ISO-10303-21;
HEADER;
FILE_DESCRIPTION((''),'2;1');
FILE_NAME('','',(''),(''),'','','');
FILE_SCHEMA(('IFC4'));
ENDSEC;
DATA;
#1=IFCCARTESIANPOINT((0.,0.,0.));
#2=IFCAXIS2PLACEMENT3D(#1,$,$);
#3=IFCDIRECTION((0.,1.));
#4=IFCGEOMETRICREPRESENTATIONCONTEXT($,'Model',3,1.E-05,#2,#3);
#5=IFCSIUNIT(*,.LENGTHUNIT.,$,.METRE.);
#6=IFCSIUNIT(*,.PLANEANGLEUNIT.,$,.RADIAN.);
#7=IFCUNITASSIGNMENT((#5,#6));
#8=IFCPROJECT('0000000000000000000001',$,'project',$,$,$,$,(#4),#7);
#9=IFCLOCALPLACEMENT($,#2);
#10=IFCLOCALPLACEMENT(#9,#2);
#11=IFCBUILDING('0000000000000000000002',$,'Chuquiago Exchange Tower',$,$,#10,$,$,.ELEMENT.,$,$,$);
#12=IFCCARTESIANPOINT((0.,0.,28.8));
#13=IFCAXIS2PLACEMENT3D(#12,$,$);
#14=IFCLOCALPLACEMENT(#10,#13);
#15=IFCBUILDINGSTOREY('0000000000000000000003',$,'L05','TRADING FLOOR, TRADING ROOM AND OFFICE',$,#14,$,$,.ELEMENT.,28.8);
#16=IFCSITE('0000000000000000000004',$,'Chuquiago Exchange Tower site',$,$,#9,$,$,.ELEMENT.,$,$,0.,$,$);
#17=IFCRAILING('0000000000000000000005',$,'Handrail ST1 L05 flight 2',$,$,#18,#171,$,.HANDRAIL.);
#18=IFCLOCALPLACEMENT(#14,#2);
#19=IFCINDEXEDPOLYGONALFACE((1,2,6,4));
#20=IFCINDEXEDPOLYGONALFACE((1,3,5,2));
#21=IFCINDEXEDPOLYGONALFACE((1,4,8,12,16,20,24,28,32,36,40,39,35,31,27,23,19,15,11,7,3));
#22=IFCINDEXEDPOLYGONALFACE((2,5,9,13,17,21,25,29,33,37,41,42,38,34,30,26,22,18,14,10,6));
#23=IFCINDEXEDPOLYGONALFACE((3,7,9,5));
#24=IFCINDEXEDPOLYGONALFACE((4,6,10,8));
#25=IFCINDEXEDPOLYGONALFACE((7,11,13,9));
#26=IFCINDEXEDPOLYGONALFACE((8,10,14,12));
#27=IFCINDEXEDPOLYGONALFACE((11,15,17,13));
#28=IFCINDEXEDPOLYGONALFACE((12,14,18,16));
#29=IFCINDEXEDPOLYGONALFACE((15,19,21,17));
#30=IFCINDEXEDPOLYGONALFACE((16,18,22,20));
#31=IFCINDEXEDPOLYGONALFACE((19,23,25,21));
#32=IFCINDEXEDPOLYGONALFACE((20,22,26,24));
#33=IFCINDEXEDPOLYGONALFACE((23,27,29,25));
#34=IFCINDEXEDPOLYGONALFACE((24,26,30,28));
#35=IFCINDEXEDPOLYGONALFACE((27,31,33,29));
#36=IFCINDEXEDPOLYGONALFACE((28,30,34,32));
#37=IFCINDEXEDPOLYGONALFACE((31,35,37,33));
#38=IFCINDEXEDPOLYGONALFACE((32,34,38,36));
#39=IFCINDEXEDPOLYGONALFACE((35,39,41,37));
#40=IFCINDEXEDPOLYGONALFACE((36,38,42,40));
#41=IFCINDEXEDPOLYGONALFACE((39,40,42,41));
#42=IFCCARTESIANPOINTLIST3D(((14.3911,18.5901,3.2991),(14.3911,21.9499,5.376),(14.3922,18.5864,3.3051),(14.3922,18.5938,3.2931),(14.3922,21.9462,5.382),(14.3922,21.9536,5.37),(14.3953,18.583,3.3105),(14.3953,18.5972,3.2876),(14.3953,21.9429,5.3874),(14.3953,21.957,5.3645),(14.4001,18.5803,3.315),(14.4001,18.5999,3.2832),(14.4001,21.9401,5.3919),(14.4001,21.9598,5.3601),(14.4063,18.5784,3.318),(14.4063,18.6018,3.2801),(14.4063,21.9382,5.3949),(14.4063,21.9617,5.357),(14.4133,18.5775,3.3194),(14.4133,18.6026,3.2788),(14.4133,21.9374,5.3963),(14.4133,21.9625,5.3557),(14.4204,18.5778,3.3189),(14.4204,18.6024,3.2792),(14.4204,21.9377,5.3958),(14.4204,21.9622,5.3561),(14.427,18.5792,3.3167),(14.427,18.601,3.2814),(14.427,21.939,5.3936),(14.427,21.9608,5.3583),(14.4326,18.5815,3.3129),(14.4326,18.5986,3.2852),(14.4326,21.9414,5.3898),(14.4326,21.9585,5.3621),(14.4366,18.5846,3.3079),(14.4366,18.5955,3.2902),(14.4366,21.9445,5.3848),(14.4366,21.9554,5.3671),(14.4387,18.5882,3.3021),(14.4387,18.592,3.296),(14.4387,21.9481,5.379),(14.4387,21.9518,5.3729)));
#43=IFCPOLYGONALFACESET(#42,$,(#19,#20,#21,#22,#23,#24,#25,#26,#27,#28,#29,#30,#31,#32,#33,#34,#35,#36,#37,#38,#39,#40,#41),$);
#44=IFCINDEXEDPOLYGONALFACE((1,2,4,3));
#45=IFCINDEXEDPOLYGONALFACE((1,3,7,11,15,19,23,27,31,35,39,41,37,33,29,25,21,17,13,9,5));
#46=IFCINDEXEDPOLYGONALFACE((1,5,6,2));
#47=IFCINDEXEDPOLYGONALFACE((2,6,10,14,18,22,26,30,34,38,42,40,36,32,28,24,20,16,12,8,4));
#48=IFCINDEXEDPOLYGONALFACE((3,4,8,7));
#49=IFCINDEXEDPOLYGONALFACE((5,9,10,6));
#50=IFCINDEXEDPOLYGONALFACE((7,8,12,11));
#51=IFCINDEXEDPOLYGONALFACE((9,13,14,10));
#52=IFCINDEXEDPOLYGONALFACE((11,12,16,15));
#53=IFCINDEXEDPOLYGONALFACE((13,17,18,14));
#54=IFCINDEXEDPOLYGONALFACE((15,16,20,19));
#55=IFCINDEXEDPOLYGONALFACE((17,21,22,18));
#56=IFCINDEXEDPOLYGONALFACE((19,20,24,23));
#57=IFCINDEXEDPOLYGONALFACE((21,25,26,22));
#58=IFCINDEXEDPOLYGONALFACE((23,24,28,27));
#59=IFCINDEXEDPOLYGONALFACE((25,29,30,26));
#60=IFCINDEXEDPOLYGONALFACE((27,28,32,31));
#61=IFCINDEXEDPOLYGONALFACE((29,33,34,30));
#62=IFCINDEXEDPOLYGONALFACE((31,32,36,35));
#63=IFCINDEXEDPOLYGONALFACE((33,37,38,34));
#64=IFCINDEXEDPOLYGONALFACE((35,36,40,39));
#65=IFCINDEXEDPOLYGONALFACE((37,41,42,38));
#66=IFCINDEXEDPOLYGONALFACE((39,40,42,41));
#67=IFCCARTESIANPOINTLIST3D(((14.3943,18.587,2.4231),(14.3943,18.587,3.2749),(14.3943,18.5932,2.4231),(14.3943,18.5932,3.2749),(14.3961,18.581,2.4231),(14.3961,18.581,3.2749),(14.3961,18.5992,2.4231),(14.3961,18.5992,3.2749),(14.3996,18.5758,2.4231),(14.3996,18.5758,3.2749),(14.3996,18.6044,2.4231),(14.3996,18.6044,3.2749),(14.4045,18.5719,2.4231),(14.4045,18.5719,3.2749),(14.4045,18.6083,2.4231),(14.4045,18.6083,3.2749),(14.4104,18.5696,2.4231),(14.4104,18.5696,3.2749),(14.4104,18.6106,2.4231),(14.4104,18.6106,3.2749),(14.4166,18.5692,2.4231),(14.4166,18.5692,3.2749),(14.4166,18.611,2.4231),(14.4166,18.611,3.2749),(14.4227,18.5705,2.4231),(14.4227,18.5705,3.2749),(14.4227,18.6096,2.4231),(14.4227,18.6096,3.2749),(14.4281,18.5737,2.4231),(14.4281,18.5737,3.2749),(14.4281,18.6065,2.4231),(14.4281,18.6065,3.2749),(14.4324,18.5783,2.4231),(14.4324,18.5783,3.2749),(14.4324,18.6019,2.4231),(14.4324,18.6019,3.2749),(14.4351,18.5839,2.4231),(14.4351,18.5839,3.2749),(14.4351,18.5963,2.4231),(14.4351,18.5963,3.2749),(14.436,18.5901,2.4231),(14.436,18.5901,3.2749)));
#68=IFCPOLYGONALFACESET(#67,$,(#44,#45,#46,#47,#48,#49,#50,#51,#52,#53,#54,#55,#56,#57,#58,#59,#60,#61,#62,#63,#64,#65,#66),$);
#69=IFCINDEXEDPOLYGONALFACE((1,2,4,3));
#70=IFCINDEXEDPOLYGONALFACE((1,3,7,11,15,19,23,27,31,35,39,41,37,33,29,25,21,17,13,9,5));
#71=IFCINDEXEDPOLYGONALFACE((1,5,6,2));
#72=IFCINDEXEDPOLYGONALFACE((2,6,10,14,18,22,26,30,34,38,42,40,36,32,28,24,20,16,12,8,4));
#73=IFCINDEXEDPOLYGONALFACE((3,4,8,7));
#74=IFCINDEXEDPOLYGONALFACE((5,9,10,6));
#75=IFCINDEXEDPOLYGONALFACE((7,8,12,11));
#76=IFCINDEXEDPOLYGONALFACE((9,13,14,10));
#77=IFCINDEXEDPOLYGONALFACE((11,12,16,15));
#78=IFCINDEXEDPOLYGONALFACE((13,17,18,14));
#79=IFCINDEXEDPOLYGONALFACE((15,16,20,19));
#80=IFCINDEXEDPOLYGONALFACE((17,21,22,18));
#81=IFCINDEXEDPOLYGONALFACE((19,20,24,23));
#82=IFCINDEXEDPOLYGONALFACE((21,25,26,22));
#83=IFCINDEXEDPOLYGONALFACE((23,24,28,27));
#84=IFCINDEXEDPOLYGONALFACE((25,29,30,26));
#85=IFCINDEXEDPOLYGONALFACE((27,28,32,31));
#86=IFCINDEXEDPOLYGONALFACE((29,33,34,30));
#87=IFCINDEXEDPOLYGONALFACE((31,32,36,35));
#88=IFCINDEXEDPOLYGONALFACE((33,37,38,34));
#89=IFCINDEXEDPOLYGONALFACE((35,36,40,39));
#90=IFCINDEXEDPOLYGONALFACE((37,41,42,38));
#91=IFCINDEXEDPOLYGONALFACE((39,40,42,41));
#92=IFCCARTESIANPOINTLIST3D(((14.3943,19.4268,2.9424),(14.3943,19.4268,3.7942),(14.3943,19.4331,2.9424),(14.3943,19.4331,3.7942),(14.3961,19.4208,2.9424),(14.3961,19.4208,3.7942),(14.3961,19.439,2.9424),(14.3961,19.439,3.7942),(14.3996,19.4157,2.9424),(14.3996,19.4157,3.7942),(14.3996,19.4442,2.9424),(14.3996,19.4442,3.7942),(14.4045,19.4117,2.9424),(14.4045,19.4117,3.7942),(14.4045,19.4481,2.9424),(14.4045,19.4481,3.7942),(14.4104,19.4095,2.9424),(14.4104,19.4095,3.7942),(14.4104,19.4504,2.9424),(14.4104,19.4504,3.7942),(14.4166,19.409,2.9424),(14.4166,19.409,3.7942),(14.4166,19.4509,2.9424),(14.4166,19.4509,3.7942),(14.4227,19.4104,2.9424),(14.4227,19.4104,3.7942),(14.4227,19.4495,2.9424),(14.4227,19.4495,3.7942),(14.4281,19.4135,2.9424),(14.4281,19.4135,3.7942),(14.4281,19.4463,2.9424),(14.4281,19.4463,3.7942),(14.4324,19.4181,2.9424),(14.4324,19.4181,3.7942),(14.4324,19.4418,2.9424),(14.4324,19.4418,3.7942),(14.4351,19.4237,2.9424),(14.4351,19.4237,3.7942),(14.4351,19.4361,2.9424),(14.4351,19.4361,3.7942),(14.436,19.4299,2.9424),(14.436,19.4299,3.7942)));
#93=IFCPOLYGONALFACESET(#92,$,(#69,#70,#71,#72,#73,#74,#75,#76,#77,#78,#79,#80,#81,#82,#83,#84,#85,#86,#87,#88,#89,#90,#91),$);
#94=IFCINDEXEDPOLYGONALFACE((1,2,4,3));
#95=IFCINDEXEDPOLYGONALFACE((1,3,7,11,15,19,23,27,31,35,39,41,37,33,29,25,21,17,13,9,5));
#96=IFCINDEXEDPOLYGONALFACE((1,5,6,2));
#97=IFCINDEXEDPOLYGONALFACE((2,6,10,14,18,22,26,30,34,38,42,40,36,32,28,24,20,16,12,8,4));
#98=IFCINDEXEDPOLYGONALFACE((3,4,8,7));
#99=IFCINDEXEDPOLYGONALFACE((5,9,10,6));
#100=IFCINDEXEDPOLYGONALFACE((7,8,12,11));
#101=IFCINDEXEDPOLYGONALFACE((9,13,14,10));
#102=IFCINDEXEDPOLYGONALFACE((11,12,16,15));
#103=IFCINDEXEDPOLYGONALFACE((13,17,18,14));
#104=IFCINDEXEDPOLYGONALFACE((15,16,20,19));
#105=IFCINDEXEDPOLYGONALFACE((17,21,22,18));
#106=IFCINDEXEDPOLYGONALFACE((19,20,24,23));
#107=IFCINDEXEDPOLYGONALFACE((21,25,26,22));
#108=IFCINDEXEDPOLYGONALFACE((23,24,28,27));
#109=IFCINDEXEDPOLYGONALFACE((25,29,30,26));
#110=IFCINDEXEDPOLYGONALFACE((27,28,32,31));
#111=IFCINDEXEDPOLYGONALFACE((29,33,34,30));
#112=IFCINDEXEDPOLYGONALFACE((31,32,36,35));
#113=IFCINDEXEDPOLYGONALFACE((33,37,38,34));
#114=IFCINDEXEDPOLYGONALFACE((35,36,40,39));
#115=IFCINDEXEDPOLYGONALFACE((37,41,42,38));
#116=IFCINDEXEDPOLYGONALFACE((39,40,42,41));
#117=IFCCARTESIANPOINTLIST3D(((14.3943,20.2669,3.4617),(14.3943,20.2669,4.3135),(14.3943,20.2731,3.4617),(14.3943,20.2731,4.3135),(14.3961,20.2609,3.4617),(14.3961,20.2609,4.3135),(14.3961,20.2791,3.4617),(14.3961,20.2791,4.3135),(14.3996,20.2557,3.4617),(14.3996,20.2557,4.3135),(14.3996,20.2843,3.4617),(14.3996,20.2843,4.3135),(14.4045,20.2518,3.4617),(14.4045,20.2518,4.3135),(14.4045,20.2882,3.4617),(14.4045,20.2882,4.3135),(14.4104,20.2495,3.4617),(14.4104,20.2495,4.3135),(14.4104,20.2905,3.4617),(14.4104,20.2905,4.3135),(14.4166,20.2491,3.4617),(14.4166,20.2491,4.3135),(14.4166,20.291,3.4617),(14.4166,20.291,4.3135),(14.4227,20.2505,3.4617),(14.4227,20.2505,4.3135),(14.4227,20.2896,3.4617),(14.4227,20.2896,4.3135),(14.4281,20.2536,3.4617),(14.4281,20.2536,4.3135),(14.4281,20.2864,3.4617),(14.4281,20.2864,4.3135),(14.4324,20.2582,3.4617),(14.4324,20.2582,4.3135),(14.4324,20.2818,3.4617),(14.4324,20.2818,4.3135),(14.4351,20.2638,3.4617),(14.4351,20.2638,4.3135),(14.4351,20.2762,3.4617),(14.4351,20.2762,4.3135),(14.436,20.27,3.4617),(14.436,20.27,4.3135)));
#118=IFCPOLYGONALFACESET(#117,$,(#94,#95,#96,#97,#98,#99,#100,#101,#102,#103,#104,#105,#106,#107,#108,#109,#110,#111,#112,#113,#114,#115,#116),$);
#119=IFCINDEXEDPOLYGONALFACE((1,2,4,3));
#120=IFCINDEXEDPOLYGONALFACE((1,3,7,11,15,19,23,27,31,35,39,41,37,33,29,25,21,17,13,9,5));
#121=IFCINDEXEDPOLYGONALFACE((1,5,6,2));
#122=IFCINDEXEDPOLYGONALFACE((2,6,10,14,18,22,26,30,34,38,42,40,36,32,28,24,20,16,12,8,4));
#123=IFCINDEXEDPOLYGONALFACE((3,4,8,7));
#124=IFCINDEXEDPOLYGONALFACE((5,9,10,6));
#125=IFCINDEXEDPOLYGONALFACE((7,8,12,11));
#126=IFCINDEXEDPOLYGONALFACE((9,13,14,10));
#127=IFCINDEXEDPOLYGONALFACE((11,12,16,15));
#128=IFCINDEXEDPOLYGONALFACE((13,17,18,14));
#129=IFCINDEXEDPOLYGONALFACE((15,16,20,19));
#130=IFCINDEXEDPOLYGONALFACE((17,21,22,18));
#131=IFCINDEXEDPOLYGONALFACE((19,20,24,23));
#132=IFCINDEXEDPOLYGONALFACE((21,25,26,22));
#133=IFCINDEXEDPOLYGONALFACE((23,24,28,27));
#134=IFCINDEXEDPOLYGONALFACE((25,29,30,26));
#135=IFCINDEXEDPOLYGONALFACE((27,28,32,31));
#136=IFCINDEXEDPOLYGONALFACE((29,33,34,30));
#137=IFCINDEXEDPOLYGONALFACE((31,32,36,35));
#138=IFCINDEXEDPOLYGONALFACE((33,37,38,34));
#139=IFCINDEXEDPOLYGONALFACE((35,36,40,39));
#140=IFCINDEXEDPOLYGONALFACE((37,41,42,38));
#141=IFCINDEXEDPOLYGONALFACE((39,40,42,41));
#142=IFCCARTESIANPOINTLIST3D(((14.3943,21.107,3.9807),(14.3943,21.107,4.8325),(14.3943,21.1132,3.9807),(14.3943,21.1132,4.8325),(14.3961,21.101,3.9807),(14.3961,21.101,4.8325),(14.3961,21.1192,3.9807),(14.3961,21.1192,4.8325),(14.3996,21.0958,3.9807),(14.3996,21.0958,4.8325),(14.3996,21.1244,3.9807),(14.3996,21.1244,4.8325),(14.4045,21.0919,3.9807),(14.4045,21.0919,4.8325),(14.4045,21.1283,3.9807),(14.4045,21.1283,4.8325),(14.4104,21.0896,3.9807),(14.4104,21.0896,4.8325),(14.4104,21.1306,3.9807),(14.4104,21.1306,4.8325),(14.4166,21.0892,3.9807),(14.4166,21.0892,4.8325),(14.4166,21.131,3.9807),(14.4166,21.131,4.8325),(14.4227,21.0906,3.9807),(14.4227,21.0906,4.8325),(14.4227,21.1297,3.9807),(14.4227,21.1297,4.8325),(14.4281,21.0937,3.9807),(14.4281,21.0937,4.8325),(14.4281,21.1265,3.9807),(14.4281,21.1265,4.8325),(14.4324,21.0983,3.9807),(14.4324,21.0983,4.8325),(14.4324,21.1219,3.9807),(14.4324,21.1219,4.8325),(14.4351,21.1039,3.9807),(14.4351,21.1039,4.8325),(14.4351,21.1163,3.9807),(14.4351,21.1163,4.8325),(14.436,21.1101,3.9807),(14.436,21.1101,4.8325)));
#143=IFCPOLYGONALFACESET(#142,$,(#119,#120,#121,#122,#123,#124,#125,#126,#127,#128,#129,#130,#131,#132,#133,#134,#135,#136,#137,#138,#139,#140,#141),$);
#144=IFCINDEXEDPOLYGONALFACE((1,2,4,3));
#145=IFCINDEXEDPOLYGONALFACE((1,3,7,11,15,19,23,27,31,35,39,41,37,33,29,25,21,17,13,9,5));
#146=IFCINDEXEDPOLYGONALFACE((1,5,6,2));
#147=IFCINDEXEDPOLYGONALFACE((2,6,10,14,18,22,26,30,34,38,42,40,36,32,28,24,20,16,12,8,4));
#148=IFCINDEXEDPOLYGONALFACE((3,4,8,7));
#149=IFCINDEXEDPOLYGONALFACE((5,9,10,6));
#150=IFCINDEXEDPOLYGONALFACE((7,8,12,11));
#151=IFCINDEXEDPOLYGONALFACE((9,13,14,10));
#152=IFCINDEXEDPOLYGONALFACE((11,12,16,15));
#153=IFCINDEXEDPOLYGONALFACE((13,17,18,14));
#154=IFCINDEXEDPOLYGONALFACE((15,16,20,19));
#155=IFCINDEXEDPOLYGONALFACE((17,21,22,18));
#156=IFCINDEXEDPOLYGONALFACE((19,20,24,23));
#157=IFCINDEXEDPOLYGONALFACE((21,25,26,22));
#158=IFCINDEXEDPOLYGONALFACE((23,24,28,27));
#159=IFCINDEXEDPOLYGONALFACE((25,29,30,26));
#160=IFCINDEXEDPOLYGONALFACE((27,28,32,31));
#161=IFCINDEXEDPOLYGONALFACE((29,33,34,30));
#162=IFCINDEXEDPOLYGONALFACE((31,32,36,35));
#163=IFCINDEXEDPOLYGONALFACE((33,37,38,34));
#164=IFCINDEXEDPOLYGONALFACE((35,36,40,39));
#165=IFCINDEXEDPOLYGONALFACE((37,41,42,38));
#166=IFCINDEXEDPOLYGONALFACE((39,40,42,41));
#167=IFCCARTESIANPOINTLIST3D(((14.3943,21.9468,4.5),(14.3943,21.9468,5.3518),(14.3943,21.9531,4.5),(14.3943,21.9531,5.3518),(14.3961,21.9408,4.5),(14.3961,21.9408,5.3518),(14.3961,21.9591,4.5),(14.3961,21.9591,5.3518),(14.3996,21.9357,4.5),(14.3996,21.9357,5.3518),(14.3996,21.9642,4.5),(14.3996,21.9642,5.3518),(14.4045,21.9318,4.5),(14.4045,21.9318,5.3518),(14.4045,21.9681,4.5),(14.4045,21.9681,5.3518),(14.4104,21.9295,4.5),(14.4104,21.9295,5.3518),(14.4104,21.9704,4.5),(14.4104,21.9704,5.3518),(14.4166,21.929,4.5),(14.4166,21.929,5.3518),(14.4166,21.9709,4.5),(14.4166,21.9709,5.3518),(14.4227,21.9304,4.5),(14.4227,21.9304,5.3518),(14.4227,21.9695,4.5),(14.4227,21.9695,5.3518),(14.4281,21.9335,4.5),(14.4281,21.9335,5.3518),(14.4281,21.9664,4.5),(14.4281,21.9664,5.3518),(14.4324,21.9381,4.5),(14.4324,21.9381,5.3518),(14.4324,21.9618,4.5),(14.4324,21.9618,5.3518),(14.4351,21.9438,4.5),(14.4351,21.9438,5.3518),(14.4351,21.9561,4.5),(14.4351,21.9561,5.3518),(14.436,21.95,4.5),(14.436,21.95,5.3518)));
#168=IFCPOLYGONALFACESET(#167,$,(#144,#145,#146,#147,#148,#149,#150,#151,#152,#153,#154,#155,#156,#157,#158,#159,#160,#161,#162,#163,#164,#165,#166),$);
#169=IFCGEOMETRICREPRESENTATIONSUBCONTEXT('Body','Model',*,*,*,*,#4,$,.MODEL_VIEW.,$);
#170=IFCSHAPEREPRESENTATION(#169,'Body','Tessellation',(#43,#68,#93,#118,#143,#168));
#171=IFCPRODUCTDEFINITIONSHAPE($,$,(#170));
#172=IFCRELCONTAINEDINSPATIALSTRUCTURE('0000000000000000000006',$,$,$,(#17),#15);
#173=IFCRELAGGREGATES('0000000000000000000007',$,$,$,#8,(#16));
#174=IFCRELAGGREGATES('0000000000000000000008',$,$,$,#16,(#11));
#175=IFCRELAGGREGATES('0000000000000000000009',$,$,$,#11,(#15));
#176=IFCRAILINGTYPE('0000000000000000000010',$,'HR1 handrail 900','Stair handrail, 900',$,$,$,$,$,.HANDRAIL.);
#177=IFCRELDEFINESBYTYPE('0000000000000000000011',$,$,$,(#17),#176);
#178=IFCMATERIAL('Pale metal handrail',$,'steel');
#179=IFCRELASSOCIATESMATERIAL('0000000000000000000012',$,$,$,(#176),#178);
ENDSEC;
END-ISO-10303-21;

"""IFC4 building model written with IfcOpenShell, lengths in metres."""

from ifc_helpers import new_model, si_unit, direction, frame, origin, origin_2d, place, context, subcontext, project, spatial, circle, extrude, material, type_object, element, save


model = new_model("IFC4")

# Units and contexts
model_context = context("Model", 3, precision=1e-05, world=origin(), true_north=direction((0.0, 1.0)))
body_context = subcontext(model_context, "Body", "Model", "MODEL_VIEW")
ifc_project = project(units=[si_unit("LENGTHUNIT", "METRE"), si_unit("PLANEANGLEUNIT", "RADIAN")], contexts=[model_context])

# Site, building, storey
site_placement = place(None, origin())
site = spatial("IfcSite", under=ifc_project, at=site_placement, Name="Chuquiago Exchange Tower site", CompositionType="ELEMENT", RefElevation=0.0)
building_placement = place(site_placement, origin())
building = spatial("IfcBuilding", under=site, at=building_placement, Name="Chuquiago Exchange Tower", CompositionType="ELEMENT")
storey_placement = place(building_placement, frame((0.0, 0.0, 28.8)))
storey = spatial("IfcBuildingStorey", under=building, at=storey_placement, Name="L05", Description="TRADING FLOOR, TRADING ROOM AND OFFICE", CompositionType="ELEMENT", Elevation=28.8)

# Railing
ifc_material_1 = material(Name="Pale metal handrail", Category="steel")
railing_type_1 = type_object("IfcRailingType", Name="HR1 handrail 900", Description="Stair handrail, 900", PredefinedType="HANDRAIL", material=ifc_material_1)
for number, where, name in (
    (1, (14.415, 18.5901, 2.4231), "Handrail ST1 L05 flight 2"),
):
    element("IfcRailing", number, at=place(storey_placement, frame(where)), inside=storey, type_object=railing_type_1, Name=name, PredefinedType="HANDRAIL", context=body_context, shape_type="SweptSolid", body=[
        extrude(circle(Radius=0.0239, at=origin_2d()), frame((0.0, 0.0, 0.876), z_axis=(0.0, 0.850606, 0.525803), x_axis=(-1.0, 0.0, 0.0)), (0.0, 0.0, 1.0), 3.95),
        extrude(circle(Radius=0.021, at=origin_2d()), origin(), (0.0, 0.0, 1.0), 0.8518),
        extrude(circle(Radius=0.021, at=origin_2d()), frame((0.0, 0.8398, 0.5193)), (0.0, 0.0, 1.0), 0.8518),
        extrude(circle(Radius=0.021, at=origin_2d()), frame((0.0, 1.6799, 1.0386)), (0.0, 0.0, 1.0), 0.8518),
        extrude(circle(Radius=0.021, at=origin_2d()), frame((0.0, 2.52, 1.5576)), (0.0, 0.0, 1.0), 0.8518),
        extrude(circle(Radius=0.021, at=origin_2d()), frame((0.0, 3.3599, 2.0769)), (0.0, 0.0, 1.0), 0.8518),
    ])

save(model, "model.ifc")
